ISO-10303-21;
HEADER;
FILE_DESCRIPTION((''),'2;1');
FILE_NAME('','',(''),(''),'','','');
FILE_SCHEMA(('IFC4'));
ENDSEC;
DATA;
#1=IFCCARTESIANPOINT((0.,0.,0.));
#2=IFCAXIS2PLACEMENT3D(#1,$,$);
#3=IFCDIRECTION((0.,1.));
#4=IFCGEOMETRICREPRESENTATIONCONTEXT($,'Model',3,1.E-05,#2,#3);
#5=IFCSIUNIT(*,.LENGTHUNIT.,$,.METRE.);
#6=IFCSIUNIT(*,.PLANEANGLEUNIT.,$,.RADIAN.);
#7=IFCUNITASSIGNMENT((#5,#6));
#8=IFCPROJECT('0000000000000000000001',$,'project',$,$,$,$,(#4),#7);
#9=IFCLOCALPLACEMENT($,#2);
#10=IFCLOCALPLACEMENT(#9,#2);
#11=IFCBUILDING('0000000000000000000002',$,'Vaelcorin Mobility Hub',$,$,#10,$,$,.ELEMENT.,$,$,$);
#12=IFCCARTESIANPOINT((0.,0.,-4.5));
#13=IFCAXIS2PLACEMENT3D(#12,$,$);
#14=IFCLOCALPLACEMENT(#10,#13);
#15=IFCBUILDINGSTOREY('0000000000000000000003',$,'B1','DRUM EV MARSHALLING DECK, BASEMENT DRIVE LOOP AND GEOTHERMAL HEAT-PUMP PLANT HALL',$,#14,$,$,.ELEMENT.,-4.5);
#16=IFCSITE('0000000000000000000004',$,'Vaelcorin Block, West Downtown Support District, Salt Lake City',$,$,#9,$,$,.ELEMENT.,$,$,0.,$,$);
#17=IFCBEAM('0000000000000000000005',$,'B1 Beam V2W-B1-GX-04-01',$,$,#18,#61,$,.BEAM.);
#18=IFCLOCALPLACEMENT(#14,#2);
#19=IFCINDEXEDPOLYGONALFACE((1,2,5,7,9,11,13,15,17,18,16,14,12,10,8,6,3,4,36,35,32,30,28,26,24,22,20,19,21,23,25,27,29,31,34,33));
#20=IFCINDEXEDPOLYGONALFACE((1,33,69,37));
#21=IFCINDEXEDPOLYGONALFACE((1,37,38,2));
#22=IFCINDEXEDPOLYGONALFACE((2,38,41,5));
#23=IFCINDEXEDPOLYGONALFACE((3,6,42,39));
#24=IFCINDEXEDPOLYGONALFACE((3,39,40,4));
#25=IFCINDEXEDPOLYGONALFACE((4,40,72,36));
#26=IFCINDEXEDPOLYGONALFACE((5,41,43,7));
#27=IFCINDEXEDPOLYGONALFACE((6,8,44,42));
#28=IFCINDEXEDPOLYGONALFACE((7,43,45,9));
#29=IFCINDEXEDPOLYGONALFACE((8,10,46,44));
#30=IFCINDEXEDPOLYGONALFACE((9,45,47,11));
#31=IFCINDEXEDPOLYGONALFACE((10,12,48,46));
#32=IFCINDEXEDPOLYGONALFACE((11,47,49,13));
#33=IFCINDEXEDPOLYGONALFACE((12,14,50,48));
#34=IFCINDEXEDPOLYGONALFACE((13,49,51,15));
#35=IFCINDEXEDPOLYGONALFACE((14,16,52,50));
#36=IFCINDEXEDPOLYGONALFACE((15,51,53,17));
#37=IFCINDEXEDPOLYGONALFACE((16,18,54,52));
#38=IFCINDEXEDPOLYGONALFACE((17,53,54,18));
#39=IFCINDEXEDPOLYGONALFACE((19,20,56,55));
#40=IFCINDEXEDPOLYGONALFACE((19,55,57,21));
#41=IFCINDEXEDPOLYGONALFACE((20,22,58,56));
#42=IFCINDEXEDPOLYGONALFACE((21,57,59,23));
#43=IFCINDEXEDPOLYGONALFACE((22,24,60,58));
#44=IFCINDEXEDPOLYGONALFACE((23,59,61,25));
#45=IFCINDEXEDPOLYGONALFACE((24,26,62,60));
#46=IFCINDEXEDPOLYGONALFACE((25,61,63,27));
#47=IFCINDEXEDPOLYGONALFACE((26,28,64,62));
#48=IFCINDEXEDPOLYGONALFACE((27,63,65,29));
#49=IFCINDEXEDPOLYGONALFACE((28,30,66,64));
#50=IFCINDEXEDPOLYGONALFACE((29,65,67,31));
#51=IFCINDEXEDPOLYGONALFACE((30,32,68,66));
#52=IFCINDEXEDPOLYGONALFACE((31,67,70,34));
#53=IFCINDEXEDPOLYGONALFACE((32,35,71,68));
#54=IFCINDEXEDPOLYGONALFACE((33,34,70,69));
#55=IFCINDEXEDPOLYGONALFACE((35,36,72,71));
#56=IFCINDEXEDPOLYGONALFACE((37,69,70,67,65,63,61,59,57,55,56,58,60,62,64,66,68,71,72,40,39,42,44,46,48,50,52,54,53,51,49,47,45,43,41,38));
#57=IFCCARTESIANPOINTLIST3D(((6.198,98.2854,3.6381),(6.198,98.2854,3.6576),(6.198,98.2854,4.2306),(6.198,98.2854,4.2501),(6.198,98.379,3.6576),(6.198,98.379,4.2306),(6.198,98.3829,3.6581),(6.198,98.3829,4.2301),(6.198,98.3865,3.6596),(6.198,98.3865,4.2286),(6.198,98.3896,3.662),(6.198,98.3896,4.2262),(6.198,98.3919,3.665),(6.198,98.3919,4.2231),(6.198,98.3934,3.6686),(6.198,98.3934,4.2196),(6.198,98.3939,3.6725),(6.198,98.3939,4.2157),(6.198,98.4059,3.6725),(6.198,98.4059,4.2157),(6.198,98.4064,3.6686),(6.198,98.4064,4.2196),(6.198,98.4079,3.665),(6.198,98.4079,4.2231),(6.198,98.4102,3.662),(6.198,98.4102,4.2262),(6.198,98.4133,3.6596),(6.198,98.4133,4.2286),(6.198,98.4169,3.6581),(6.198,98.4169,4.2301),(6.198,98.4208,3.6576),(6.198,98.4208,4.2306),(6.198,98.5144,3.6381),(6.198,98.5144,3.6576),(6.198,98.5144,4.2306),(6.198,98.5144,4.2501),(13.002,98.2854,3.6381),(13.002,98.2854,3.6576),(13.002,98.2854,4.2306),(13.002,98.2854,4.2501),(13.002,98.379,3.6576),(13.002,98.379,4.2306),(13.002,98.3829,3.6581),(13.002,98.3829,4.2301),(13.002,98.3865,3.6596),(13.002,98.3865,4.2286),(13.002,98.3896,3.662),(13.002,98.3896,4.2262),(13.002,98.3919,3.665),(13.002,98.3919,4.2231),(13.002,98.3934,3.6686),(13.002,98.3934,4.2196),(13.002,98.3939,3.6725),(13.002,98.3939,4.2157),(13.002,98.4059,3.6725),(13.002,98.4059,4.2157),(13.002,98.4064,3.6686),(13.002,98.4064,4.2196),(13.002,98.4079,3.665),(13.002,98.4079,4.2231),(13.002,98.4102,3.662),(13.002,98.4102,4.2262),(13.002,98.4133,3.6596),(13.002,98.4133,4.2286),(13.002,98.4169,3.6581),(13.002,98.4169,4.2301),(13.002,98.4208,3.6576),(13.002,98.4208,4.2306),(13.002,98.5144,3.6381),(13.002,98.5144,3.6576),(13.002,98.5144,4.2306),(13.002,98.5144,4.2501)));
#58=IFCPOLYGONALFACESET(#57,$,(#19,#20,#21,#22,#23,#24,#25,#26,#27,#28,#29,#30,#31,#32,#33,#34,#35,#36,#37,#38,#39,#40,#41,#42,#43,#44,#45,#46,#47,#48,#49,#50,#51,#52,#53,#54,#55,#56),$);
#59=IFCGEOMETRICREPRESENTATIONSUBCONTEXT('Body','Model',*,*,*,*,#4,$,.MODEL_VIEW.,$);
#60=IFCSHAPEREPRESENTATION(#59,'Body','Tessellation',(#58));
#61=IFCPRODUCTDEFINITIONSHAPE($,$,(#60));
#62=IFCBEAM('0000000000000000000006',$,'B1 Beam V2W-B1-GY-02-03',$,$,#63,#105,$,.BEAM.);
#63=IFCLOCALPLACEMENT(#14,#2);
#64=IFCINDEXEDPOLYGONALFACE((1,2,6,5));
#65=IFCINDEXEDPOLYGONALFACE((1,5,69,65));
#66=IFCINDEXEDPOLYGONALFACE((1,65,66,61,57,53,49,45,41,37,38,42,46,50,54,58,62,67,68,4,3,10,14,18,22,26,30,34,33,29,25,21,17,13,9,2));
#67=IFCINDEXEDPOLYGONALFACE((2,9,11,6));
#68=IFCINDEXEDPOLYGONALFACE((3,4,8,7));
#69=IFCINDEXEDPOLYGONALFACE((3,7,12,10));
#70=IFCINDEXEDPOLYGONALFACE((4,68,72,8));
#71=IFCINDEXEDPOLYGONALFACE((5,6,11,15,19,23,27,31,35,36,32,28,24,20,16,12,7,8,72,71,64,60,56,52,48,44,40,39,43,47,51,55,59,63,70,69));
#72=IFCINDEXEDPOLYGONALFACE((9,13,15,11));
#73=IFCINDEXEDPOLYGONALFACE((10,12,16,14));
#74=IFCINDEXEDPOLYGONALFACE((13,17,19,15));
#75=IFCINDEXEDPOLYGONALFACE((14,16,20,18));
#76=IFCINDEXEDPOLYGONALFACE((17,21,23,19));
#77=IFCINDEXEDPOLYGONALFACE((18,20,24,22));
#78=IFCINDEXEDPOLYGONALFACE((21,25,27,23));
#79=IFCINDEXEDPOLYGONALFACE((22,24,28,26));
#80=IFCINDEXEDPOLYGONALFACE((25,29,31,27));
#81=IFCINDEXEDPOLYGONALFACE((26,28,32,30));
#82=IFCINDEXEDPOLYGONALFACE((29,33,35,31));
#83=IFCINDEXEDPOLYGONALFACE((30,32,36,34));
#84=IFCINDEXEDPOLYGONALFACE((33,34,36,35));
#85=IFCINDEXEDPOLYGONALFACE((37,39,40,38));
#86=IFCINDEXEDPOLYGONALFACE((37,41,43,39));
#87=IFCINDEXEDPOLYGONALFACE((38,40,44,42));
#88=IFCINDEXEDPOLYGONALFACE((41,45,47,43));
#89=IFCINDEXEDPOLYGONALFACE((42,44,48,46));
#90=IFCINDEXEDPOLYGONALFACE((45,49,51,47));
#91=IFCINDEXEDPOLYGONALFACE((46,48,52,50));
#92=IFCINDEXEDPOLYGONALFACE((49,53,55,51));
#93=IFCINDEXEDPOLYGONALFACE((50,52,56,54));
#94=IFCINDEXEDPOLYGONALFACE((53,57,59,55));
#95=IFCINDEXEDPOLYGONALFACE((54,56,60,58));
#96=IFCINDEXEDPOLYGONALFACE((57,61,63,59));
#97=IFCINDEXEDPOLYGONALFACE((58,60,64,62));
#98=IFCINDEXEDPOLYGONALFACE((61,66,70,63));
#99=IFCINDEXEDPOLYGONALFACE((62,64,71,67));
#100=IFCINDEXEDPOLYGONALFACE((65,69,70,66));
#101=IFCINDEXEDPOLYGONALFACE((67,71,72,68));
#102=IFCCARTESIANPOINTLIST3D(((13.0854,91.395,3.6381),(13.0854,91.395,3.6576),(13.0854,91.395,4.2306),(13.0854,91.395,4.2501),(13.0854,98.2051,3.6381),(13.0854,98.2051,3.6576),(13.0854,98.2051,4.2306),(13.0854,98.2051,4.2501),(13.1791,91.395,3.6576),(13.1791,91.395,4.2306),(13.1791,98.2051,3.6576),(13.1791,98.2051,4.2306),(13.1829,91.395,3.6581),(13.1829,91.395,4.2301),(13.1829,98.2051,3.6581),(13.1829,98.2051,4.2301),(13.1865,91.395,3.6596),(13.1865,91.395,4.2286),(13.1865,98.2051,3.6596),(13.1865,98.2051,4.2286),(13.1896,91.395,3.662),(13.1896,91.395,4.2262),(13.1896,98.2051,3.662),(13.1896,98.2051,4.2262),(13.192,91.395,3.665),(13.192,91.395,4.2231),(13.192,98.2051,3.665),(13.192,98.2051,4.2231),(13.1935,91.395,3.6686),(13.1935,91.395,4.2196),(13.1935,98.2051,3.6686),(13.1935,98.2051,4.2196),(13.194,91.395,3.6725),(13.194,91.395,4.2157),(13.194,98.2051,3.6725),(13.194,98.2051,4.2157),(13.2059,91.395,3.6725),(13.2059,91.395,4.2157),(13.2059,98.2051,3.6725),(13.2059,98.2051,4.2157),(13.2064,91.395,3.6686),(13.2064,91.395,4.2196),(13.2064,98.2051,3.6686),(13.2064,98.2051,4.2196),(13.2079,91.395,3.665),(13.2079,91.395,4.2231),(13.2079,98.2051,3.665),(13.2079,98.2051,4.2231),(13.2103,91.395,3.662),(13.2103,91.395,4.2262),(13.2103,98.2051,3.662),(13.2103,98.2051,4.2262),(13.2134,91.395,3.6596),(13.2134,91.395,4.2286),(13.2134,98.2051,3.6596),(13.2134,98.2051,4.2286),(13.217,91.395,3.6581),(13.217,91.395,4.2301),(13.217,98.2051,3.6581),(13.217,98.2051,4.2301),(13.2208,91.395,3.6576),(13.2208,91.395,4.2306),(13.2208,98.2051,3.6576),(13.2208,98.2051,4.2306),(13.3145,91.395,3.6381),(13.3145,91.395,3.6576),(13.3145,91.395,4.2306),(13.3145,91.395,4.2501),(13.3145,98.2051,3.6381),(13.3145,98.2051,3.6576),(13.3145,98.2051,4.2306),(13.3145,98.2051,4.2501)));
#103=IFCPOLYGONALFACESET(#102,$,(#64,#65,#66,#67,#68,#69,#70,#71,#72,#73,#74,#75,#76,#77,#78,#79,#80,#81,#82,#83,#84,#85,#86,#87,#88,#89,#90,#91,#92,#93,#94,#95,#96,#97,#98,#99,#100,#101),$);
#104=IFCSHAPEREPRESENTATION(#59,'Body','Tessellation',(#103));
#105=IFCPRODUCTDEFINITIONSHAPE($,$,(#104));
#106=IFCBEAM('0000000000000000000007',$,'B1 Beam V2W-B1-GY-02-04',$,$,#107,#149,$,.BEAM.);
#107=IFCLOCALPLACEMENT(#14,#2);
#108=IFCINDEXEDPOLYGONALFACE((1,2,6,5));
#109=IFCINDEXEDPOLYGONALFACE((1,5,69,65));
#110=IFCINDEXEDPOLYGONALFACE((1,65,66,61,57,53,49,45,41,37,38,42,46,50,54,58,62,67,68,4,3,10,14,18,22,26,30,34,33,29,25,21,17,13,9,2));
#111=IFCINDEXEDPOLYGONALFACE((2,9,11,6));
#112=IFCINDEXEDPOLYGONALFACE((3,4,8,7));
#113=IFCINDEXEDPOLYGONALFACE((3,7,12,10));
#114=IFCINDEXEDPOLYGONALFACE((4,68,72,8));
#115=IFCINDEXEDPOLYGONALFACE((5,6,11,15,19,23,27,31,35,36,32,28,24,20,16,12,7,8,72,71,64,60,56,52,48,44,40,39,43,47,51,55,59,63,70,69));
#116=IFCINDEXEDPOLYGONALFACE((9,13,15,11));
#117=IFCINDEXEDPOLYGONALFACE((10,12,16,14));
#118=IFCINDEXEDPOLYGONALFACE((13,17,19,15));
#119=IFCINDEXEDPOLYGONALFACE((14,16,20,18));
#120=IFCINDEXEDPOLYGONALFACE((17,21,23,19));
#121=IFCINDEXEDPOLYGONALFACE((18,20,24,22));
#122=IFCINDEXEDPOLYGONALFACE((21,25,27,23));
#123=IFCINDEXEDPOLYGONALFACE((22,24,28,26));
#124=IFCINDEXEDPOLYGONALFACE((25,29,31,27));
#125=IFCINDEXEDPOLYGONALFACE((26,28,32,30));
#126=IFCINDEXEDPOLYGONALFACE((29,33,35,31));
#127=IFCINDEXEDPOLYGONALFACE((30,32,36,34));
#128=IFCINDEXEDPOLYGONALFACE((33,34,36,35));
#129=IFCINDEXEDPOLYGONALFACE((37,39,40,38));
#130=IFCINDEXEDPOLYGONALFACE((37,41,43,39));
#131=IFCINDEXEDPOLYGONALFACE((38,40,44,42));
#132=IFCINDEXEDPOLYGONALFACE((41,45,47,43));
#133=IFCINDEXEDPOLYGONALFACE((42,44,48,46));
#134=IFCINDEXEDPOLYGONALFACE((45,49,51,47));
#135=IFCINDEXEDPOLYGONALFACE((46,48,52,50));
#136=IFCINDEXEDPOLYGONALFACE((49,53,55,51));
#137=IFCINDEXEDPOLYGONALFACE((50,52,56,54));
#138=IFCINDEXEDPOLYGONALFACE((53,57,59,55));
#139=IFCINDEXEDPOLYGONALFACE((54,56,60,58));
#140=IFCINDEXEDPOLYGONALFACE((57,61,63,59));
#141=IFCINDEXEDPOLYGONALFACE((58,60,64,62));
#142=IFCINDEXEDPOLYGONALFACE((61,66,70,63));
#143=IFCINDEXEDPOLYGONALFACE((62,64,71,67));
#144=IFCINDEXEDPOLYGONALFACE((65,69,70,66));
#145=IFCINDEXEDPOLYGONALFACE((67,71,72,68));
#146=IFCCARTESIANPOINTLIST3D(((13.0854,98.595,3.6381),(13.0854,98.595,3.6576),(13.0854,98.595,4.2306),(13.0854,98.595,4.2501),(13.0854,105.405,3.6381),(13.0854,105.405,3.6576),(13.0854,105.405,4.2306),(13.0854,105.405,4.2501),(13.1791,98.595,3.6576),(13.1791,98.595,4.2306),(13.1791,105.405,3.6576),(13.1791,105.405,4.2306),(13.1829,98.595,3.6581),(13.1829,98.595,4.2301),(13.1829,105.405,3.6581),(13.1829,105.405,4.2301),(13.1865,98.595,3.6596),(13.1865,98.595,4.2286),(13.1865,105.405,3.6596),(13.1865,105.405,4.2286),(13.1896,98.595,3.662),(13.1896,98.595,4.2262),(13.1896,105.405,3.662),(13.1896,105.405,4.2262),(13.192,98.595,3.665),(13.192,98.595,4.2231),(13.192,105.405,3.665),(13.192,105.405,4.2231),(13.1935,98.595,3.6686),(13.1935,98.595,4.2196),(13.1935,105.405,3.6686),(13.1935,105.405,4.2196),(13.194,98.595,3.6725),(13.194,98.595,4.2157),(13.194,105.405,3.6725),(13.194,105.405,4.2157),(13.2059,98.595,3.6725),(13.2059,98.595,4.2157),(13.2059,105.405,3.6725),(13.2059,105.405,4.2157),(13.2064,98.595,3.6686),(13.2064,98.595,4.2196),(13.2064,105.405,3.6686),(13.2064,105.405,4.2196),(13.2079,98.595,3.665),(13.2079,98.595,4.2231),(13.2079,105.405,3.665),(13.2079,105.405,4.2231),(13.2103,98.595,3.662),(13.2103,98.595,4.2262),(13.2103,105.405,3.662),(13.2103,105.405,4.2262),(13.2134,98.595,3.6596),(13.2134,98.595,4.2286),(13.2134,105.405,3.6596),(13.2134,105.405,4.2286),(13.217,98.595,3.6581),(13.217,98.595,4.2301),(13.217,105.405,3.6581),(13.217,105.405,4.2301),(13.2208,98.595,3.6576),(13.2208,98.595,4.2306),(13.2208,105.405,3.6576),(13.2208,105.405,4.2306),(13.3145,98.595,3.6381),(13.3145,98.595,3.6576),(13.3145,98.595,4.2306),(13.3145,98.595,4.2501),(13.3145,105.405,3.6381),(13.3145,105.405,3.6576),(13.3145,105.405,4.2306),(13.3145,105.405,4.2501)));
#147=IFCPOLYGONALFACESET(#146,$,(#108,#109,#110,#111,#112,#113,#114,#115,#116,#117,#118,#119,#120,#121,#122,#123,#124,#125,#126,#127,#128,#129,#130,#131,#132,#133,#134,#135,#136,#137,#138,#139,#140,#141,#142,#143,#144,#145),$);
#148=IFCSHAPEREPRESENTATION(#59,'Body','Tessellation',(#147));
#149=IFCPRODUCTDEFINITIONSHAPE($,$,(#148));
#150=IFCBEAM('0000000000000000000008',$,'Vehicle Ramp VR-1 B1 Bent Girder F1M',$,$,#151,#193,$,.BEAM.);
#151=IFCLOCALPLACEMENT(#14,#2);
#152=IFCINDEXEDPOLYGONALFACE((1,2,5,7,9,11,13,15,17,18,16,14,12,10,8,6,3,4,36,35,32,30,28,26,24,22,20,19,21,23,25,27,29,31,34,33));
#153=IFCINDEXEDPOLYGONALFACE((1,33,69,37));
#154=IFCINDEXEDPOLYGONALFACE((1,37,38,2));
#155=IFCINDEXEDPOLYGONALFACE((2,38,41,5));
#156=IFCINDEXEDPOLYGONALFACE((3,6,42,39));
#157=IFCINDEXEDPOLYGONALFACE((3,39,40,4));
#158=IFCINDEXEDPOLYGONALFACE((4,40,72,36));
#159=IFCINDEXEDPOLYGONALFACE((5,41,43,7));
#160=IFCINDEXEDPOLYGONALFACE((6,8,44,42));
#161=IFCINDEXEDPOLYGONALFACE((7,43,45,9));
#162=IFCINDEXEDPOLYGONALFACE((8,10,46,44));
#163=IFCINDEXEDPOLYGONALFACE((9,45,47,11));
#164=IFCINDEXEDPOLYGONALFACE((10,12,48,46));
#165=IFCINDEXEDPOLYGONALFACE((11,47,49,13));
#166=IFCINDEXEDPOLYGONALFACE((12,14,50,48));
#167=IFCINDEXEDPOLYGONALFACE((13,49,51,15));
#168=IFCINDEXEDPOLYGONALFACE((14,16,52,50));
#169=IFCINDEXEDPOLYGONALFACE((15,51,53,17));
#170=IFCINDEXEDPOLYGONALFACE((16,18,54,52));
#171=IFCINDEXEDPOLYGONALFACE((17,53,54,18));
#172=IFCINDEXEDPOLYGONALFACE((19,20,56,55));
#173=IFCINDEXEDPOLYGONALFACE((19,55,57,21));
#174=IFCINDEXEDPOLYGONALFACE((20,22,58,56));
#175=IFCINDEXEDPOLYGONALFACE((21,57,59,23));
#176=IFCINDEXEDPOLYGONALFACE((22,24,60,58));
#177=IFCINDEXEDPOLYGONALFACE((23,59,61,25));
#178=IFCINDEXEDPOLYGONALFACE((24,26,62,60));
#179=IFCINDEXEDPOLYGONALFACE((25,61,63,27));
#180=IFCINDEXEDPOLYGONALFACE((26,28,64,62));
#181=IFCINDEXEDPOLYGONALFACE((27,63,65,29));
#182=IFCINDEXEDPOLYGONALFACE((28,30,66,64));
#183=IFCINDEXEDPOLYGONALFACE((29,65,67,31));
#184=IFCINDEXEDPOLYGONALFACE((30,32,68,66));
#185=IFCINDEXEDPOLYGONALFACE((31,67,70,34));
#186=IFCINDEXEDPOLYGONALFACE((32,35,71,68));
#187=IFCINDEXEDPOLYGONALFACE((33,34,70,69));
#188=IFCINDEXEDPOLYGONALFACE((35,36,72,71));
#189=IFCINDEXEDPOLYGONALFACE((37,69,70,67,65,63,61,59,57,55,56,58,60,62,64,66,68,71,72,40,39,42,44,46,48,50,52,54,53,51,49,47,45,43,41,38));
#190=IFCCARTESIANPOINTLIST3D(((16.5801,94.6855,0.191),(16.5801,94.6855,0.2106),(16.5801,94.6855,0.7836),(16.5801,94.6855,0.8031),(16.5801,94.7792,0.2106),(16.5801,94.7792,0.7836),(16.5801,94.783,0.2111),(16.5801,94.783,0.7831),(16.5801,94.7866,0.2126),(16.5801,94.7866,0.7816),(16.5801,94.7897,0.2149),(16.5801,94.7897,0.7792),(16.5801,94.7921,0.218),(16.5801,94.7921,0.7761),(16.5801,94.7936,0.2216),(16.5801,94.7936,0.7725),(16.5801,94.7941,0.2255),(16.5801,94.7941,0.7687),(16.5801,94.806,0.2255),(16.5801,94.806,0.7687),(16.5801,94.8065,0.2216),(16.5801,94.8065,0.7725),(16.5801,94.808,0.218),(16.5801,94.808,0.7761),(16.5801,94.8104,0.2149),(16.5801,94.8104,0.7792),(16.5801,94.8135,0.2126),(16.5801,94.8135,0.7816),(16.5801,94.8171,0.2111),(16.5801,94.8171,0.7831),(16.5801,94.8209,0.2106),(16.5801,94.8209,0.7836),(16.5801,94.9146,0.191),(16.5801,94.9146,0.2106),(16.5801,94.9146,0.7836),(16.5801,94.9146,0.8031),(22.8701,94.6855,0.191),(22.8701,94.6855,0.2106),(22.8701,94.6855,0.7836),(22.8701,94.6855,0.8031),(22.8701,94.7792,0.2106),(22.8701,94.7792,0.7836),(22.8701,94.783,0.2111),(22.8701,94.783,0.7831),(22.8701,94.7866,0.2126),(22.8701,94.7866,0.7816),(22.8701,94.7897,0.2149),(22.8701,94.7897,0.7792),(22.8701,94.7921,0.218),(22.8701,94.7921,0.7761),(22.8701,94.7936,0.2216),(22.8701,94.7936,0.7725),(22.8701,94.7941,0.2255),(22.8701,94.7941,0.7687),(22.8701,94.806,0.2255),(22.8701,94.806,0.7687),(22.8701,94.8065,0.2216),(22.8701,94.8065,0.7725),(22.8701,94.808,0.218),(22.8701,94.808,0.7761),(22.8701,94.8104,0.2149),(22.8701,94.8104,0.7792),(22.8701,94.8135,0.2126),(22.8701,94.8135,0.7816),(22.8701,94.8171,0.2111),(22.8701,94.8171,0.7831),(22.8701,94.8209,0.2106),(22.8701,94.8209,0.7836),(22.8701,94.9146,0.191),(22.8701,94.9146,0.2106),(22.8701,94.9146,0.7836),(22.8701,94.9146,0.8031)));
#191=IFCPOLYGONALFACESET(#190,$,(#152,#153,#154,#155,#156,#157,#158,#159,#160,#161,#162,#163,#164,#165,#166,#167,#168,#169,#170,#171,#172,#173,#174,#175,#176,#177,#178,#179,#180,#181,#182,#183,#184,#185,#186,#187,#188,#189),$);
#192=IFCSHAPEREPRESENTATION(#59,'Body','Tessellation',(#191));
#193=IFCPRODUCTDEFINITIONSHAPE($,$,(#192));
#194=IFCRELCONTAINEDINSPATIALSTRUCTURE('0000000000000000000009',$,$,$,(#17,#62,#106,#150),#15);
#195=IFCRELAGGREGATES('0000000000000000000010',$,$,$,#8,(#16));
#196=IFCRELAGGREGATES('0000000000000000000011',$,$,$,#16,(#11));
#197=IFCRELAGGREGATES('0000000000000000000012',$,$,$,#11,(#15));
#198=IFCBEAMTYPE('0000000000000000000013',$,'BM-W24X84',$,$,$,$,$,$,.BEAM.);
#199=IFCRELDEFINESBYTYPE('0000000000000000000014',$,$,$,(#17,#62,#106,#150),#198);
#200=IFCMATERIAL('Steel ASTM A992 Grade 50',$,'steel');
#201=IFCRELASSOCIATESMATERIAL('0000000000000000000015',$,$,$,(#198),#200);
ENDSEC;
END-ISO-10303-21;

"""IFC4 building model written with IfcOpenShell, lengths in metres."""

from ifc_helpers import new_model, si_unit, direction, frame, origin, origin_2d, place, context, subcontext, project, spatial, i_section, extrude, material, material_profile, profile_set, type_object, element, save


model = new_model("IFC4")

# Units and contexts
model_context = context("Model", 3, precision=1e-05, world=origin(), true_north=direction((0.0, 1.0)))
body_context = subcontext(model_context, "Body", "Model", "MODEL_VIEW")
ifc_project = project(units=[si_unit("LENGTHUNIT", "METRE"), si_unit("PLANEANGLEUNIT", "RADIAN")], contexts=[model_context])

# Site, building, storey
site_placement = place(None, origin())
site = spatial("IfcSite", under=ifc_project, at=site_placement, Name="Vaelcorin Block, West Downtown Support District, Salt Lake City", CompositionType="ELEMENT", RefElevation=0.0)
building_placement = place(site_placement, origin())
building = spatial("IfcBuilding", under=site, at=building_placement, Name="Vaelcorin Mobility Hub", CompositionType="ELEMENT")
storey_placement = place(building_placement, frame((0.0, 0.0, -4.5)))
storey = spatial("IfcBuildingStorey", under=building, at=storey_placement, Name="B1", Description="DRUM EV MARSHALLING DECK, BASEMENT DRIVE LOOP AND GEOTHERMAL HEAT-PUMP PLANT HALL", CompositionType="ELEMENT", Elevation=-4.5)

# Shared definitions
ifc_material_1 = material(Name="Steel ASTM A992 Grade 50", Category="steel")

# Beams
ifc_material_profile_1 = material_profile(ifc_material_1, i_section(OverallWidth=0.229, OverallDepth=0.6121, WebThickness=0.012, FlangeThickness=0.0195, FilletRadius=0.0149, at=origin_2d()), Name="W24X84")
ifc_profile_set_1 = profile_set([ifc_material_profile_1], Name="Steel ASTM A992 Grade 50")
beam_type_1 = type_object("IfcBeamType", Name="BM-W24X84", PredefinedType="BEAM", material=ifc_profile_set_1)
beam_1_placement = place(storey_placement, frame((6.198, 98.3999, 3.9441), z_axis=(1.0, 0.0, 0.0), x_axis=(0.0, 1.0, 0.0)))
element("IfcBeam", 1, at=beam_1_placement, inside=storey, type_object=beam_type_1, Name="B1 Beam V2W-B1-GX-04-01", PredefinedType="BEAM", context=body_context, shape_type="SweptSolid", body=[
    extrude(i_section(OverallWidth=0.229, OverallDepth=0.6121, WebThickness=0.012, FlangeThickness=0.0195, FilletRadius=0.0149, at=origin_2d()), origin(), (0.0, 0.0, 1.0), 6.804),
])
for number, where, z_axis, x_axis, name in (
    (2, (13.2, 91.395, 3.9441), (0.0, 1.0, 0.0), (-1.0, 0.0, 0.0), "B1 Beam V2W-B1-GY-02-03"),
    (3, (13.2, 98.595, 3.9441), (0.0, 1.0, 0.0), (-1.0, 0.0, 0.0), "B1 Beam V2W-B1-GY-02-04"),
):
    element("IfcBeam", number, at=place(storey_placement, frame(where, z_axis=z_axis, x_axis=x_axis)), inside=storey, type_object=beam_type_1, Name=name, PredefinedType="BEAM", context=body_context, shape_type="SweptSolid", body=[
        extrude(i_section(OverallWidth=0.229, OverallDepth=0.6121, WebThickness=0.012, FlangeThickness=0.0195, FilletRadius=0.0149, at=origin_2d()), origin(), (0.0, 0.0, 1.0), 6.8101),
    ])
for number, where, z_axis, x_axis, name in (
    (4, (16.5801, 94.8, 0.4971), (1.0, 0.0, 0.0), (0.0, 1.0, 0.0), "Vehicle Ramp VR-1 B1 Bent Girder F1M"),
):
    element("IfcBeam", number, at=place(storey_placement, frame(where, z_axis=z_axis, x_axis=x_axis)), inside=storey, type_object=beam_type_1, Name=name, PredefinedType="BEAM", context=body_context, shape_type="SweptSolid", body=[
        extrude(i_section(OverallWidth=0.229, OverallDepth=0.6121, WebThickness=0.012, FlangeThickness=0.0195, FilletRadius=0.0149, at=origin_2d()), origin(), (0.0, 0.0, 1.0), 6.29),
    ])

save(model, "model.ifc")
